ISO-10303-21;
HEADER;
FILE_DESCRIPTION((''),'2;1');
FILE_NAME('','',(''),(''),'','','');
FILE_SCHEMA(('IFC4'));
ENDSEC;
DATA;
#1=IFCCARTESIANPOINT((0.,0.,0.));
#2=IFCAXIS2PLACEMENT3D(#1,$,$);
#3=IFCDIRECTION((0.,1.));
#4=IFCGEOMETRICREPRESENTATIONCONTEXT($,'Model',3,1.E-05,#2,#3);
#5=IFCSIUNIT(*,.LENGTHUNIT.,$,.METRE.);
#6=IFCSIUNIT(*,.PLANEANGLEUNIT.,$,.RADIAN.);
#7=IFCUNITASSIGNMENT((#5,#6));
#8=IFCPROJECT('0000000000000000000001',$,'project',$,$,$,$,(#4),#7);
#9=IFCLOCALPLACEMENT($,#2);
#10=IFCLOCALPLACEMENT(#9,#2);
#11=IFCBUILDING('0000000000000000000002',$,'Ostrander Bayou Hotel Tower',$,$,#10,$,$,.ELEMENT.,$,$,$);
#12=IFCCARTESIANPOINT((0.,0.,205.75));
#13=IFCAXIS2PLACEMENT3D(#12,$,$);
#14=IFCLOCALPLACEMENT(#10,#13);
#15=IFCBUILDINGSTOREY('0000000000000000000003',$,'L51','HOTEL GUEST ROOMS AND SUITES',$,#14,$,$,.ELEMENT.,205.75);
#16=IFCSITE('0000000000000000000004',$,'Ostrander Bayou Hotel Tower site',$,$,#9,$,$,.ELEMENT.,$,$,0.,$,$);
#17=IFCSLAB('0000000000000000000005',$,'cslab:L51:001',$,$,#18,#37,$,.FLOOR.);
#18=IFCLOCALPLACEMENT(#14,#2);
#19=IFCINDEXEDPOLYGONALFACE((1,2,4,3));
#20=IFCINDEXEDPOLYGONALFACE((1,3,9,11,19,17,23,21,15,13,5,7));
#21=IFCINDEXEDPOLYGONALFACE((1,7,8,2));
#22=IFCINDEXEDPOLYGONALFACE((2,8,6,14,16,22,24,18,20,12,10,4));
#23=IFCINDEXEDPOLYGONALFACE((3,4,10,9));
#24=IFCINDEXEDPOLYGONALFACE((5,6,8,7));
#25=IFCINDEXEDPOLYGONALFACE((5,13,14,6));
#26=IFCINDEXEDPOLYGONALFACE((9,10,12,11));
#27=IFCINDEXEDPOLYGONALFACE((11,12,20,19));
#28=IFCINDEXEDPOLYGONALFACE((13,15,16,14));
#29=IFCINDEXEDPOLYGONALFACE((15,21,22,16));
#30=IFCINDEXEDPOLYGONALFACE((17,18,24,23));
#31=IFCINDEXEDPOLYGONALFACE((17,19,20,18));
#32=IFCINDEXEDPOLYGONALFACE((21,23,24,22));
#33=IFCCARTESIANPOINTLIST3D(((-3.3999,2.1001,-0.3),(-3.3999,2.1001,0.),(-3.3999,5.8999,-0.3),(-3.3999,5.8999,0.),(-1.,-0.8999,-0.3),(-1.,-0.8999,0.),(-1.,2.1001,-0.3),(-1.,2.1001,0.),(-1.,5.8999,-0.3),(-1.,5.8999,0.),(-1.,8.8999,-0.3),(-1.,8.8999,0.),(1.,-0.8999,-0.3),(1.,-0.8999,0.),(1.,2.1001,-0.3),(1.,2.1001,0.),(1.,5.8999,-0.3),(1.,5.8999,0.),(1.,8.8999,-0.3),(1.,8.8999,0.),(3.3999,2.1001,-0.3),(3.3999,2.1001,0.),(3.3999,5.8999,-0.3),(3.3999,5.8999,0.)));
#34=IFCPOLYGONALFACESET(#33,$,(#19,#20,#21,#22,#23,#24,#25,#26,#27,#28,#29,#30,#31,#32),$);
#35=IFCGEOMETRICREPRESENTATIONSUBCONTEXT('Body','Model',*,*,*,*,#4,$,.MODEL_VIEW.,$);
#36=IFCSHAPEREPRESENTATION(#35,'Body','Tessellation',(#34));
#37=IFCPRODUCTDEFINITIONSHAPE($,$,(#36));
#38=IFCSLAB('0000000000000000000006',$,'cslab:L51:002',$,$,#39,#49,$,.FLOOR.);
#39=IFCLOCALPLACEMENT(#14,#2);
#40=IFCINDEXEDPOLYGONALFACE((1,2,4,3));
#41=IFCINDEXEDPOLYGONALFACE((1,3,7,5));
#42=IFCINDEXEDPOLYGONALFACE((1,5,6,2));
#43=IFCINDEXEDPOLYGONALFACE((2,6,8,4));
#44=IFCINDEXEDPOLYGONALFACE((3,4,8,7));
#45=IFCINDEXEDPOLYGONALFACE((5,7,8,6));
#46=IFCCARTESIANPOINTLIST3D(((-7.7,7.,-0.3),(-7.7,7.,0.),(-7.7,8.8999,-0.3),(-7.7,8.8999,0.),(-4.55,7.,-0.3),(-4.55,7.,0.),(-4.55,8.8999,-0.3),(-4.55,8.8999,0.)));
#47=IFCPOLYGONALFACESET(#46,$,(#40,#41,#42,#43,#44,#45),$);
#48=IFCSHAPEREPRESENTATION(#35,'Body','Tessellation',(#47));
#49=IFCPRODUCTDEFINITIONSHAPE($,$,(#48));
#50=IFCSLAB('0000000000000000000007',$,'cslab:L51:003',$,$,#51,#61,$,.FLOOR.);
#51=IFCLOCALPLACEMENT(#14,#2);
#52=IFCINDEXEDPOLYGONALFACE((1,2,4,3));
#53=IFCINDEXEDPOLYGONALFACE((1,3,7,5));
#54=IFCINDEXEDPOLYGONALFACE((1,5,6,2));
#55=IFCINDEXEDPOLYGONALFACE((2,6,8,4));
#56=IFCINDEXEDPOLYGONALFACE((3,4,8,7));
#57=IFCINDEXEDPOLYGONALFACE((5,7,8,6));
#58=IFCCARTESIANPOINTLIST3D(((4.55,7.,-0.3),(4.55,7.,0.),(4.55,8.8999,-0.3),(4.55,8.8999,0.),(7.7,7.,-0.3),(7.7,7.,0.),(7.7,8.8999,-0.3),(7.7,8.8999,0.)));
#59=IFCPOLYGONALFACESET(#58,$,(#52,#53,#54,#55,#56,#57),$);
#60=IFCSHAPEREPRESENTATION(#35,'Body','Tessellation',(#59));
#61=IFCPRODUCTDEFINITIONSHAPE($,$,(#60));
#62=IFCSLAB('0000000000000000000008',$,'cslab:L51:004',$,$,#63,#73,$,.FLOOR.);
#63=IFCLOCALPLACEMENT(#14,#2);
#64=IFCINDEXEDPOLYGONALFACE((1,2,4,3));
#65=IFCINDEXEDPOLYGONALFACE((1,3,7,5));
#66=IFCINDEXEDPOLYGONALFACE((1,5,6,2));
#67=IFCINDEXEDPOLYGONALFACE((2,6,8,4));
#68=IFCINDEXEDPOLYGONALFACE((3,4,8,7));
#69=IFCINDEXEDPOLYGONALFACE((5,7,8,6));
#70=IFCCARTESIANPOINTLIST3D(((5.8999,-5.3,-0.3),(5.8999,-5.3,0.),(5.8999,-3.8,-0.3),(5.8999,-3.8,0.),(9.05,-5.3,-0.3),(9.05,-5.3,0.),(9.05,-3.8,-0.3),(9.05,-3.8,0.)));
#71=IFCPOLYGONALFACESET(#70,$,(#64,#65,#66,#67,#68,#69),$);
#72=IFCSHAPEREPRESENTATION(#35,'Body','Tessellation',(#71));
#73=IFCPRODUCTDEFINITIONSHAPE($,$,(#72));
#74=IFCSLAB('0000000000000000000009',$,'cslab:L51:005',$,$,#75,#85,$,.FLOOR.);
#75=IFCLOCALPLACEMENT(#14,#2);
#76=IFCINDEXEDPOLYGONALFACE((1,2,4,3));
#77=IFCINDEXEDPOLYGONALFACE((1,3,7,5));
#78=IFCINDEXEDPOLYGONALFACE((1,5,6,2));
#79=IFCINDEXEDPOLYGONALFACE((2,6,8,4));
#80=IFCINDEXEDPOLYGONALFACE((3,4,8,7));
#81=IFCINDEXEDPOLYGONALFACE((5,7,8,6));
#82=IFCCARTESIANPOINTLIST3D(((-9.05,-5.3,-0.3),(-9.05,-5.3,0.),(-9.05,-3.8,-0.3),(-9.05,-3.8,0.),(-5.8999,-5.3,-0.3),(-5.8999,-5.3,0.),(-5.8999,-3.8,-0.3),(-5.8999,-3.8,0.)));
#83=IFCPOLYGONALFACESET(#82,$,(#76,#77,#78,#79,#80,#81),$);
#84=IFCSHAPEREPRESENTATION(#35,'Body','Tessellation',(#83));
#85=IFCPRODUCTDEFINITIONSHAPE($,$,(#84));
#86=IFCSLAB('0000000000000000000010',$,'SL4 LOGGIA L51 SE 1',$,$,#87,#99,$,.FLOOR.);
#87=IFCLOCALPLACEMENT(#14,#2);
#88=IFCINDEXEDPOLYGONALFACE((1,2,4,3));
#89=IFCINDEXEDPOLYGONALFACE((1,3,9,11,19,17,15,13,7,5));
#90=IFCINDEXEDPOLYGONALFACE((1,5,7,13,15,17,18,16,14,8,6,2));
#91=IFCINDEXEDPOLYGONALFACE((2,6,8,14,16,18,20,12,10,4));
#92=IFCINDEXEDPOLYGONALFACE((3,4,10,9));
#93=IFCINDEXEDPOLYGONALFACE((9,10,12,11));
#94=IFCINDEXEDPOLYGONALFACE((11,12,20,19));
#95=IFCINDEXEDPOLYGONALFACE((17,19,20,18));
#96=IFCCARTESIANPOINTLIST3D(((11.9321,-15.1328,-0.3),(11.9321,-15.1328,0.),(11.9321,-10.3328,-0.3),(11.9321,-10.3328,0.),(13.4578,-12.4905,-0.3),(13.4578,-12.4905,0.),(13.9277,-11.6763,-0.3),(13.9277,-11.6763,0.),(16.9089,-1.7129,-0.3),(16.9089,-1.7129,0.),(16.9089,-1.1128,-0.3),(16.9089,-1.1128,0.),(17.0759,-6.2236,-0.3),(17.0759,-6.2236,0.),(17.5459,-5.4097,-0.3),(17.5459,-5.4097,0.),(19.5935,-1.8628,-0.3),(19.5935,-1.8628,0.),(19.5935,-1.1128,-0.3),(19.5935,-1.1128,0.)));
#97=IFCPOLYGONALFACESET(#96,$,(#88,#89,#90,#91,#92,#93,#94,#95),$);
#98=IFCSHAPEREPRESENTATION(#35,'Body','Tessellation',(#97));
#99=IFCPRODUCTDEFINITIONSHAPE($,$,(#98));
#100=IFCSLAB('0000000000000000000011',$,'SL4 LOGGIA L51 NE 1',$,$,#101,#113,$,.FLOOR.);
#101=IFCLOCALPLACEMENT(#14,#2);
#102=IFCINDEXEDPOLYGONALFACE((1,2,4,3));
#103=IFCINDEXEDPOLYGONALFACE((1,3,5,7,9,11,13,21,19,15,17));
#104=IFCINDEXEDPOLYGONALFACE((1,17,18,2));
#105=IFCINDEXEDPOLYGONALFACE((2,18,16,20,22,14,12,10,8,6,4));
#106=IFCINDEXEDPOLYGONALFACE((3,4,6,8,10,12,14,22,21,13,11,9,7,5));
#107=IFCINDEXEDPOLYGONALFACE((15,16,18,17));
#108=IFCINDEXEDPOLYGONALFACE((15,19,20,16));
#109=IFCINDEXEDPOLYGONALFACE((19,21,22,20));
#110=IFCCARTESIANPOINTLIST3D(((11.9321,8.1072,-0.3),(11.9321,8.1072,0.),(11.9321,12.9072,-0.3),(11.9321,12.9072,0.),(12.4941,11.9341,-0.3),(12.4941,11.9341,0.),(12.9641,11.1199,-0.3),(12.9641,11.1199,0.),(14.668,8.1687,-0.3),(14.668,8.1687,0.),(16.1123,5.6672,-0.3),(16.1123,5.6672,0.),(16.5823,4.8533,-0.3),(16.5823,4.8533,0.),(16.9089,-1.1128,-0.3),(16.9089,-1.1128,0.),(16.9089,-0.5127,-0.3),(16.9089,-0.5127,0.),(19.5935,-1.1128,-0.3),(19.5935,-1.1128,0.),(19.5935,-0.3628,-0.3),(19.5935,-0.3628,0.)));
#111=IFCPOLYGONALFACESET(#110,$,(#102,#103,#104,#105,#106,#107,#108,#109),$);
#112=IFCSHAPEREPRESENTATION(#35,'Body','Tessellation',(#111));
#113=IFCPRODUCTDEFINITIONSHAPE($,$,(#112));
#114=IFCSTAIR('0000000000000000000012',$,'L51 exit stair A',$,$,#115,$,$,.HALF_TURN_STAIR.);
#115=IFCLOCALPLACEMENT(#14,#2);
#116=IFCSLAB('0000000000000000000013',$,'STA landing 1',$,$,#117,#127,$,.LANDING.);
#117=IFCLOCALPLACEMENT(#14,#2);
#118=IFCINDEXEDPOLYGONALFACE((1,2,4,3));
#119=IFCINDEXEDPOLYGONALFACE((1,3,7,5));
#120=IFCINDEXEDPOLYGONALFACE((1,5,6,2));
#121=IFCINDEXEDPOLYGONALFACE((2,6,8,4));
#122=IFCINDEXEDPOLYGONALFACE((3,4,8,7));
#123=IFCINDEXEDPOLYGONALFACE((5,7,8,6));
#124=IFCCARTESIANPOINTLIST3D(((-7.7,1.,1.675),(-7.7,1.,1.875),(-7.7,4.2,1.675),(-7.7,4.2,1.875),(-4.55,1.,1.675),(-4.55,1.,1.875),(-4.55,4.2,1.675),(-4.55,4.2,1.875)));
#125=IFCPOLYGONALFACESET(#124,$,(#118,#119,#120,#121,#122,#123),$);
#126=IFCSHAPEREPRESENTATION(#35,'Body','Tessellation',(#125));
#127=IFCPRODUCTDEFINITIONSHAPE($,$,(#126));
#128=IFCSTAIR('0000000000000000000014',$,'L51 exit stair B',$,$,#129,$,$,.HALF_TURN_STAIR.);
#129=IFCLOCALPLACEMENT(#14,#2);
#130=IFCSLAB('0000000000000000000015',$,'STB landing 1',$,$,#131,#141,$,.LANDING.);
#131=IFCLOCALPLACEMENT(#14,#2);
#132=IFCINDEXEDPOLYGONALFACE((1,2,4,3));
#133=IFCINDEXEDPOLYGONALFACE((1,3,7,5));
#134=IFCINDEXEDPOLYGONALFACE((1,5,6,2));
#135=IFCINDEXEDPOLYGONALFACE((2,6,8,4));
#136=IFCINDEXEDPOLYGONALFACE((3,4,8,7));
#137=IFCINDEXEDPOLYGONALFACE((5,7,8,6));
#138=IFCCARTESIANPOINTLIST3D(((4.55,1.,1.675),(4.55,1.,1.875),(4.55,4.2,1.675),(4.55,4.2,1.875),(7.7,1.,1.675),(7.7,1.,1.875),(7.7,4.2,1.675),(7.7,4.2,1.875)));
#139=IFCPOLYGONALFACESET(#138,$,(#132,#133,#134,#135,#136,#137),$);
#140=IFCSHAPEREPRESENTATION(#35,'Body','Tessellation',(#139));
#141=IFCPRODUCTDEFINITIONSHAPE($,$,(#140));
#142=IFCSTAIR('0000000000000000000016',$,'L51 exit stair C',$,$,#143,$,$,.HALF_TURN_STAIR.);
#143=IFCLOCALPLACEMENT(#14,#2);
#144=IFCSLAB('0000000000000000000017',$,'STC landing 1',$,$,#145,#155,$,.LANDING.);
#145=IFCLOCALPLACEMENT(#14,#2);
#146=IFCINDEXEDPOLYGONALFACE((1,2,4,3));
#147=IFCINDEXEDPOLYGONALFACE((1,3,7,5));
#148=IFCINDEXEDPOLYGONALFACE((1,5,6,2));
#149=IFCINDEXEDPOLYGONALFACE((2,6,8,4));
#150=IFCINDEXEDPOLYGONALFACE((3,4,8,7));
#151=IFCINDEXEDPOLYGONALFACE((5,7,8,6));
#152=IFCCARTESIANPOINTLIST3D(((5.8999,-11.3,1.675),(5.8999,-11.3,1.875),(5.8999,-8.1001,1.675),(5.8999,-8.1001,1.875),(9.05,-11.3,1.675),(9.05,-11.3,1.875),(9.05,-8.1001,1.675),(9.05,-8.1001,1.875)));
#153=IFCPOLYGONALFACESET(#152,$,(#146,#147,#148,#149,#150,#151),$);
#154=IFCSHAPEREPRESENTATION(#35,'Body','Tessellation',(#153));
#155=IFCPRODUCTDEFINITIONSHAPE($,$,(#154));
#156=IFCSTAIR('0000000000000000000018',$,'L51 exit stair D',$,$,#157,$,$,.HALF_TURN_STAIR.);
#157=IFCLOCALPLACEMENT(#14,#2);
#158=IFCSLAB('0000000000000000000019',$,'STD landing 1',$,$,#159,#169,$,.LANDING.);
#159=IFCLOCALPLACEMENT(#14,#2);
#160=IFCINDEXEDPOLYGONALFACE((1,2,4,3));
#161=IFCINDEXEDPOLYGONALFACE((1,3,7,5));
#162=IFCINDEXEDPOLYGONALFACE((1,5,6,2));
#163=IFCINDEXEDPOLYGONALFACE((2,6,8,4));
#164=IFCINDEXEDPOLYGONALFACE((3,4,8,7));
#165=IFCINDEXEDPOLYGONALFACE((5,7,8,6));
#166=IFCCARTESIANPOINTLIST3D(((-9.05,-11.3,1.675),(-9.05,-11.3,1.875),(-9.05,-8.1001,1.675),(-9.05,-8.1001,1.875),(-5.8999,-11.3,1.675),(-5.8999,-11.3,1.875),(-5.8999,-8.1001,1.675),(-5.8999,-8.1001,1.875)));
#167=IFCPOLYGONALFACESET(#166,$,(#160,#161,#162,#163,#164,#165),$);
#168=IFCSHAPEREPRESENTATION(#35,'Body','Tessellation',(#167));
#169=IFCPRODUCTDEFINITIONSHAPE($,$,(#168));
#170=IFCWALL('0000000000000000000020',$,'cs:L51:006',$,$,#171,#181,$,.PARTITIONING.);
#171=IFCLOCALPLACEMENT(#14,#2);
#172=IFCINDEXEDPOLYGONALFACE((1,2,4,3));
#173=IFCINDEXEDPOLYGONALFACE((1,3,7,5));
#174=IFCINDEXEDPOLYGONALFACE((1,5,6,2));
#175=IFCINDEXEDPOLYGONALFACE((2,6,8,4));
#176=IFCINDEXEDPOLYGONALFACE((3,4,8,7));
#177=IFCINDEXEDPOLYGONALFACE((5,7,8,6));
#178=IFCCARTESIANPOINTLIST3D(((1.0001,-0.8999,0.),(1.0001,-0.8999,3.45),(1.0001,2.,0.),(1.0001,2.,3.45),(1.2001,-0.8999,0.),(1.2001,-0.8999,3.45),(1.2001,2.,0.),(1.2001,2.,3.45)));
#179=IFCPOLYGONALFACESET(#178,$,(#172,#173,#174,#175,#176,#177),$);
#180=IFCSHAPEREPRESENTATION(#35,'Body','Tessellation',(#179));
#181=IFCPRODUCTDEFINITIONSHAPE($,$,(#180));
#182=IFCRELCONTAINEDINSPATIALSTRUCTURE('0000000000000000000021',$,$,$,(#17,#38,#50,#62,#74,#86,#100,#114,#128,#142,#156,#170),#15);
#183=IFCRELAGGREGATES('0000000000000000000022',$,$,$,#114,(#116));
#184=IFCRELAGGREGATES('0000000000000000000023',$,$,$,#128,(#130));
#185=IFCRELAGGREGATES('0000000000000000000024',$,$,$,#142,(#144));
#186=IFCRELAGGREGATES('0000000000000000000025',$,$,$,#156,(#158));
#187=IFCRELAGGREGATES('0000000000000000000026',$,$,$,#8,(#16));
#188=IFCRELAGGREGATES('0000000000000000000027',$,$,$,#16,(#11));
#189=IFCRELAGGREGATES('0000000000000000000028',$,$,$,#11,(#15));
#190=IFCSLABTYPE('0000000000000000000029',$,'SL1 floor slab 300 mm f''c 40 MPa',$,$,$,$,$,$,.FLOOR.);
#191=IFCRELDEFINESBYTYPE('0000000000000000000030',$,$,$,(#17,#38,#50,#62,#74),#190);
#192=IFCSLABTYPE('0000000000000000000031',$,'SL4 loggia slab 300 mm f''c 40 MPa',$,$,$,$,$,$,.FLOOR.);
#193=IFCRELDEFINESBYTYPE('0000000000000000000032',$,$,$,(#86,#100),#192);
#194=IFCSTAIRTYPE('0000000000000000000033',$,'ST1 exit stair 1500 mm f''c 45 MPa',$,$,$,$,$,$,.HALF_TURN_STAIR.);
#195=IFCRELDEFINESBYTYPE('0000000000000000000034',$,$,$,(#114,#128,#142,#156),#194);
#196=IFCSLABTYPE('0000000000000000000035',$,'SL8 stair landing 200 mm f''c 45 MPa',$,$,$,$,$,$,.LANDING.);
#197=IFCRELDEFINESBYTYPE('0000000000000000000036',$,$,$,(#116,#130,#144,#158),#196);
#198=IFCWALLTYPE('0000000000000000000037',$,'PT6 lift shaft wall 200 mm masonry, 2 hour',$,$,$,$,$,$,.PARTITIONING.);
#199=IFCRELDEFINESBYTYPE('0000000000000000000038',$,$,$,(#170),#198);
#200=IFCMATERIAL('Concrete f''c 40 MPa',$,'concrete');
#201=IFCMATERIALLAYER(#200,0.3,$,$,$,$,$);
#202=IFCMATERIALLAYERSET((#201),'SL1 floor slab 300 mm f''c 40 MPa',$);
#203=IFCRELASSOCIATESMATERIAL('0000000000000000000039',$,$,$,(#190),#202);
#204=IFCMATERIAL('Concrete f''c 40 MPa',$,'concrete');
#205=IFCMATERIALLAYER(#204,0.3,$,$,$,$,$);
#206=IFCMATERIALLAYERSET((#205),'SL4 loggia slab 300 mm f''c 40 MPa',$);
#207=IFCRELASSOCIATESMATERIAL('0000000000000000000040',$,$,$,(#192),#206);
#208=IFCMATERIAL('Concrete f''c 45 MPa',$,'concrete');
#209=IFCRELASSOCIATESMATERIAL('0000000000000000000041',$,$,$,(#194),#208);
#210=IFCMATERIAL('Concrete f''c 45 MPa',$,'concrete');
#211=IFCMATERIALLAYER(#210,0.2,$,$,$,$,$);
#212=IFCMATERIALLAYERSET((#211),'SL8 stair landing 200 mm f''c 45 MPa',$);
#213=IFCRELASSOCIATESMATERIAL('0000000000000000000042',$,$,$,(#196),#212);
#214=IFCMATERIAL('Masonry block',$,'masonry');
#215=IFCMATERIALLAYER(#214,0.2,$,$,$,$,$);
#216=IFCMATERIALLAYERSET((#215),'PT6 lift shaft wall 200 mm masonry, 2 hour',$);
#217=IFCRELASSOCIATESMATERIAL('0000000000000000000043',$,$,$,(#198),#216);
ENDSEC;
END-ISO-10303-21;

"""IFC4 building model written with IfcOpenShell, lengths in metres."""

from ifc_helpers import new_model, si_unit, direction, frame, frame_2d, origin, place, context, subcontext, project, spatial, polyline, rectangle, outline, extrude, material, layer, layer_set, type_object, element, aggregate, save


model = new_model("IFC4")

# Units and contexts
model_context = context("Model", 3, precision=1e-05, world=origin(), true_north=direction((0.0, 1.0)))
body_context = subcontext(model_context, "Body", "Model", "MODEL_VIEW")
ifc_project = project(units=[si_unit("LENGTHUNIT", "METRE"), si_unit("PLANEANGLEUNIT", "RADIAN")], contexts=[model_context])

# Site, building, storey
site_placement = place(None, origin())
site = spatial("IfcSite", under=ifc_project, at=site_placement, Name="Ostrander Bayou Hotel Tower site", CompositionType="ELEMENT", RefElevation=0.0)
building_placement = place(site_placement, origin())
building = spatial("IfcBuilding", under=site, at=building_placement, Name="Ostrander Bayou Hotel Tower", CompositionType="ELEMENT")
storey_placement = place(building_placement, frame((0.0, 0.0, 205.75)))
storey = spatial("IfcBuildingStorey", under=building, at=storey_placement, Name="L51", Description="HOTEL GUEST ROOMS AND SUITES", CompositionType="ELEMENT", Elevation=205.75)

# Slabs
ifc_material_1 = material(Name="Concrete f'c 40 MPa", Category="concrete")
ifc_layer_1 = layer(ifc_material_1, 0.3)
ifc_layer_set_1 = layer_set([ifc_layer_1], Name="SL1 floor slab 300 mm f'c 40 MPa")
slab_type_1 = type_object("IfcSlabType", Name="SL1 floor slab 300 mm f'c 40 MPa", PredefinedType="FLOOR", material=ifc_layer_set_1)
slab_1_placement = place(storey_placement, frame((0.0, 0.0, -0.3)))
element("IfcSlab", 1, at=slab_1_placement, inside=storey, type_object=slab_type_1, Name="cslab:L51:001", PredefinedType="FLOOR", context=body_context, shape_type="SweptSolid", body=[
    extrude(outline(polyline([(-3.3999, 5.8999), (-1.0, 5.8999), (-1.0, 8.8999), (1.0, 8.8999), (1.0, 5.8999), (3.3999, 5.8999), (3.3999, 2.1001), (1.0, 2.1001), (1.0, -0.8999), (-1.0, -0.8999), (-1.0, 2.1001), (-3.3999, 2.1001), (-3.3999, 5.8999)])), origin(), (0.0, 0.0, 1.0), 0.3),
])
slab_2_placement = place(storey_placement, frame((0.0, 0.0, -0.3)))
element("IfcSlab", 2, at=slab_2_placement, inside=storey, type_object=slab_type_1, Name="cslab:L51:002", PredefinedType="FLOOR", context=body_context, shape_type="SweptSolid", body=[
    extrude(outline(polyline([(-4.55, 7.0), (-4.55, 8.8999), (-7.7, 8.8999), (-7.7, 7.0), (-4.55, 7.0)])), origin(), (0.0, 0.0, 1.0), 0.3),
])
slab_3_placement = place(storey_placement, frame((0.0, 0.0, -0.3)))
element("IfcSlab", 3, at=slab_3_placement, inside=storey, type_object=slab_type_1, Name="cslab:L51:003", PredefinedType="FLOOR", context=body_context, shape_type="SweptSolid", body=[
    extrude(outline(polyline([(7.7, 7.0), (7.7, 8.8999), (4.55, 8.8999), (4.55, 7.0), (7.7, 7.0)])), origin(), (0.0, 0.0, 1.0), 0.3),
])
slab_4_placement = place(storey_placement, frame((0.0, 0.0, -0.3)))
element("IfcSlab", 4, at=slab_4_placement, inside=storey, type_object=slab_type_1, Name="cslab:L51:004", PredefinedType="FLOOR", context=body_context, shape_type="SweptSolid", body=[
    extrude(outline(polyline([(9.05, -5.3), (9.05, -3.8), (5.8999, -3.8), (5.8999, -5.3), (9.05, -5.3)])), origin(), (0.0, 0.0, 1.0), 0.3),
])
slab_5_placement = place(storey_placement, frame((0.0, 0.0, -0.3)))
element("IfcSlab", 5, at=slab_5_placement, inside=storey, type_object=slab_type_1, Name="cslab:L51:005", PredefinedType="FLOOR", context=body_context, shape_type="SweptSolid", body=[
    extrude(outline(polyline([(-5.8999, -5.3), (-5.8999, -3.8), (-9.05, -3.8), (-9.05, -5.3), (-5.8999, -5.3)])), origin(), (0.0, 0.0, 1.0), 0.3),
])
ifc_material_2 = material(Name="Concrete f'c 40 MPa", Category="concrete")
ifc_layer_2 = layer(ifc_material_2, 0.3)
ifc_layer_set_2 = layer_set([ifc_layer_2], Name="SL4 loggia slab 300 mm f'c 40 MPa")
slab_type_2 = type_object("IfcSlabType", Name="SL4 loggia slab 300 mm f'c 40 MPa", PredefinedType="FLOOR", material=ifc_layer_set_2)
slab_6_placement = place(storey_placement, frame((0.0, 0.0, -0.3)))
element("IfcSlab", 6, at=slab_6_placement, inside=storey, type_object=slab_type_2, Name="SL4 LOGGIA L51 SE 1", PredefinedType="FLOOR", context=body_context, shape_type="SweptSolid", body=[
    extrude(outline(polyline([(13.4578, -12.4905), (11.9321, -15.1328), (11.9321, -10.3328), (16.9089, -1.7129), (16.9089, -1.1128), (19.5935, -1.1128), (19.5935, -1.8628), (17.5459, -5.4097), (17.0759, -6.2236), (13.9277, -11.6763), (13.4578, -12.4905)])), origin(), (0.0, 0.0, 1.0), 0.3),
])
slab_7_placement = place(storey_placement, frame((0.0, 0.0, -0.3)))
element("IfcSlab", 7, at=slab_7_placement, inside=storey, type_object=slab_type_2, Name="SL4 LOGGIA L51 NE 1", PredefinedType="FLOOR", context=body_context, shape_type="SweptSolid", body=[
    extrude(outline(polyline([(11.9321, 12.9072), (12.4941, 11.9341), (12.9641, 11.1199), (14.668, 8.1687), (16.1123, 5.6672), (16.5823, 4.8533), (19.5935, -0.3628), (19.5935, -1.1128), (16.9089, -1.1128), (16.9089, -0.5127), (11.9321, 8.1072), (11.9321, 12.9072)])), origin(), (0.0, 0.0, 1.0), 0.3),
])

# Stairs, slabs
ifc_material_3 = material(Name="Concrete f'c 45 MPa", Category="concrete")
stair_type = type_object("IfcStairType", Name="ST1 exit stair 1500 mm f'c 45 MPa", PredefinedType="HALF_TURN_STAIR", material=ifc_material_3)
stair_1_placement = place(storey_placement, origin())
stair_1 = element("IfcStair", 8, at=stair_1_placement, inside=storey, type_object=stair_type, Name="L51 exit stair A", PredefinedType="HALF_TURN_STAIR")
ifc_material_4 = material(Name="Concrete f'c 45 MPa", Category="concrete")
ifc_layer_3 = layer(ifc_material_4, 0.2)
ifc_layer_set_3 = layer_set([ifc_layer_3], Name="SL8 stair landing 200 mm f'c 45 MPa")
slab_type_3 = type_object("IfcSlabType", Name="SL8 stair landing 200 mm f'c 45 MPa", PredefinedType="LANDING", material=ifc_layer_set_3)
slab_8_placement = place(storey_placement, frame((0.0, 0.0, 1.675)))
slab_8 = element("IfcSlab", 9, at=slab_8_placement, type_object=slab_type_3, Name="STA landing 1", PredefinedType="LANDING", context=body_context, shape_type="SweptSolid", body=[
    extrude(outline(polyline([(-7.7, 4.2), (-7.7, 1.0), (-4.55, 1.0), (-4.55, 4.2), (-7.7, 4.2)])), origin(), (0.0, 0.0, 1.0), 0.2),
])
aggregate(stair_1, [slab_8])
stair_2_placement = place(storey_placement, origin())
stair_2 = element("IfcStair", 10, at=stair_2_placement, inside=storey, type_object=stair_type, Name="L51 exit stair B", PredefinedType="HALF_TURN_STAIR")
slab_9_placement = place(storey_placement, frame((0.0, 0.0, 1.675)))
slab_9 = element("IfcSlab", 11, at=slab_9_placement, type_object=slab_type_3, Name="STB landing 1", PredefinedType="LANDING", context=body_context, shape_type="SweptSolid", body=[
    extrude(outline(polyline([(4.55, 4.2), (4.55, 1.0), (7.7, 1.0), (7.7, 4.2), (4.55, 4.2)])), origin(), (0.0, 0.0, 1.0), 0.2),
])
aggregate(stair_2, [slab_9])
stair_3_placement = place(storey_placement, origin())
stair_3 = element("IfcStair", 12, at=stair_3_placement, inside=storey, type_object=stair_type, Name="L51 exit stair C", PredefinedType="HALF_TURN_STAIR")
slab_10_placement = place(storey_placement, frame((0.0, 0.0, 1.675)))
slab_10 = element("IfcSlab", 13, at=slab_10_placement, type_object=slab_type_3, Name="STC landing 1", PredefinedType="LANDING", context=body_context, shape_type="SweptSolid", body=[
    extrude(outline(polyline([(5.8999, -8.1001), (5.8999, -11.3), (9.05, -11.3), (9.05, -8.1001), (5.8999, -8.1001)])), origin(), (0.0, 0.0, 1.0), 0.2),
])
aggregate(stair_3, [slab_10])
stair_4_placement = place(storey_placement, origin())
stair_4 = element("IfcStair", 14, at=stair_4_placement, inside=storey, type_object=stair_type, Name="L51 exit stair D", PredefinedType="HALF_TURN_STAIR")
slab_11_placement = place(storey_placement, frame((0.0, 0.0, 1.675)))
slab_11 = element("IfcSlab", 15, at=slab_11_placement, type_object=slab_type_3, Name="STD landing 1", PredefinedType="LANDING", context=body_context, shape_type="SweptSolid", body=[
    extrude(outline(polyline([(-9.05, -8.1001), (-9.05, -11.3), (-5.8999, -11.3), (-5.8999, -8.1001), (-9.05, -8.1001)])), origin(), (0.0, 0.0, 1.0), 0.2),
])
aggregate(stair_4, [slab_11])

# Shared definitions
ifc_material_5 = material(Name="Masonry block", Category="masonry")
ifc_layer_4 = layer(ifc_material_5, 0.2)
ifc_layer_set_4 = layer_set([ifc_layer_4], Name="PT6 lift shaft wall 200 mm masonry, 2 hour")
wall_type_1 = type_object("IfcWallType", Name="PT6 lift shaft wall 200 mm masonry, 2 hour", PredefinedType="PARTITIONING", material=ifc_layer_set_4)

# Wall
wall_1_placement = place(storey_placement, frame((1.1001, -0.8999, 0.0), z_axis=(0.0, 0.0, 1.0), x_axis=(0.0, 1.0, 0.0)))
element("IfcWall", 16, at=wall_1_placement, inside=storey, type_object=wall_type_1, Name="cs:L51:006", PredefinedType="PARTITIONING", context=body_context, shape_type="SweptSolid", body=[
    extrude(rectangle(XDim=2.8999, YDim=0.2, at=frame_2d((1.45, 0.0))), origin(), (0.0, 0.0, 1.0), 3.45),
])

save(model, "model.ifc")
